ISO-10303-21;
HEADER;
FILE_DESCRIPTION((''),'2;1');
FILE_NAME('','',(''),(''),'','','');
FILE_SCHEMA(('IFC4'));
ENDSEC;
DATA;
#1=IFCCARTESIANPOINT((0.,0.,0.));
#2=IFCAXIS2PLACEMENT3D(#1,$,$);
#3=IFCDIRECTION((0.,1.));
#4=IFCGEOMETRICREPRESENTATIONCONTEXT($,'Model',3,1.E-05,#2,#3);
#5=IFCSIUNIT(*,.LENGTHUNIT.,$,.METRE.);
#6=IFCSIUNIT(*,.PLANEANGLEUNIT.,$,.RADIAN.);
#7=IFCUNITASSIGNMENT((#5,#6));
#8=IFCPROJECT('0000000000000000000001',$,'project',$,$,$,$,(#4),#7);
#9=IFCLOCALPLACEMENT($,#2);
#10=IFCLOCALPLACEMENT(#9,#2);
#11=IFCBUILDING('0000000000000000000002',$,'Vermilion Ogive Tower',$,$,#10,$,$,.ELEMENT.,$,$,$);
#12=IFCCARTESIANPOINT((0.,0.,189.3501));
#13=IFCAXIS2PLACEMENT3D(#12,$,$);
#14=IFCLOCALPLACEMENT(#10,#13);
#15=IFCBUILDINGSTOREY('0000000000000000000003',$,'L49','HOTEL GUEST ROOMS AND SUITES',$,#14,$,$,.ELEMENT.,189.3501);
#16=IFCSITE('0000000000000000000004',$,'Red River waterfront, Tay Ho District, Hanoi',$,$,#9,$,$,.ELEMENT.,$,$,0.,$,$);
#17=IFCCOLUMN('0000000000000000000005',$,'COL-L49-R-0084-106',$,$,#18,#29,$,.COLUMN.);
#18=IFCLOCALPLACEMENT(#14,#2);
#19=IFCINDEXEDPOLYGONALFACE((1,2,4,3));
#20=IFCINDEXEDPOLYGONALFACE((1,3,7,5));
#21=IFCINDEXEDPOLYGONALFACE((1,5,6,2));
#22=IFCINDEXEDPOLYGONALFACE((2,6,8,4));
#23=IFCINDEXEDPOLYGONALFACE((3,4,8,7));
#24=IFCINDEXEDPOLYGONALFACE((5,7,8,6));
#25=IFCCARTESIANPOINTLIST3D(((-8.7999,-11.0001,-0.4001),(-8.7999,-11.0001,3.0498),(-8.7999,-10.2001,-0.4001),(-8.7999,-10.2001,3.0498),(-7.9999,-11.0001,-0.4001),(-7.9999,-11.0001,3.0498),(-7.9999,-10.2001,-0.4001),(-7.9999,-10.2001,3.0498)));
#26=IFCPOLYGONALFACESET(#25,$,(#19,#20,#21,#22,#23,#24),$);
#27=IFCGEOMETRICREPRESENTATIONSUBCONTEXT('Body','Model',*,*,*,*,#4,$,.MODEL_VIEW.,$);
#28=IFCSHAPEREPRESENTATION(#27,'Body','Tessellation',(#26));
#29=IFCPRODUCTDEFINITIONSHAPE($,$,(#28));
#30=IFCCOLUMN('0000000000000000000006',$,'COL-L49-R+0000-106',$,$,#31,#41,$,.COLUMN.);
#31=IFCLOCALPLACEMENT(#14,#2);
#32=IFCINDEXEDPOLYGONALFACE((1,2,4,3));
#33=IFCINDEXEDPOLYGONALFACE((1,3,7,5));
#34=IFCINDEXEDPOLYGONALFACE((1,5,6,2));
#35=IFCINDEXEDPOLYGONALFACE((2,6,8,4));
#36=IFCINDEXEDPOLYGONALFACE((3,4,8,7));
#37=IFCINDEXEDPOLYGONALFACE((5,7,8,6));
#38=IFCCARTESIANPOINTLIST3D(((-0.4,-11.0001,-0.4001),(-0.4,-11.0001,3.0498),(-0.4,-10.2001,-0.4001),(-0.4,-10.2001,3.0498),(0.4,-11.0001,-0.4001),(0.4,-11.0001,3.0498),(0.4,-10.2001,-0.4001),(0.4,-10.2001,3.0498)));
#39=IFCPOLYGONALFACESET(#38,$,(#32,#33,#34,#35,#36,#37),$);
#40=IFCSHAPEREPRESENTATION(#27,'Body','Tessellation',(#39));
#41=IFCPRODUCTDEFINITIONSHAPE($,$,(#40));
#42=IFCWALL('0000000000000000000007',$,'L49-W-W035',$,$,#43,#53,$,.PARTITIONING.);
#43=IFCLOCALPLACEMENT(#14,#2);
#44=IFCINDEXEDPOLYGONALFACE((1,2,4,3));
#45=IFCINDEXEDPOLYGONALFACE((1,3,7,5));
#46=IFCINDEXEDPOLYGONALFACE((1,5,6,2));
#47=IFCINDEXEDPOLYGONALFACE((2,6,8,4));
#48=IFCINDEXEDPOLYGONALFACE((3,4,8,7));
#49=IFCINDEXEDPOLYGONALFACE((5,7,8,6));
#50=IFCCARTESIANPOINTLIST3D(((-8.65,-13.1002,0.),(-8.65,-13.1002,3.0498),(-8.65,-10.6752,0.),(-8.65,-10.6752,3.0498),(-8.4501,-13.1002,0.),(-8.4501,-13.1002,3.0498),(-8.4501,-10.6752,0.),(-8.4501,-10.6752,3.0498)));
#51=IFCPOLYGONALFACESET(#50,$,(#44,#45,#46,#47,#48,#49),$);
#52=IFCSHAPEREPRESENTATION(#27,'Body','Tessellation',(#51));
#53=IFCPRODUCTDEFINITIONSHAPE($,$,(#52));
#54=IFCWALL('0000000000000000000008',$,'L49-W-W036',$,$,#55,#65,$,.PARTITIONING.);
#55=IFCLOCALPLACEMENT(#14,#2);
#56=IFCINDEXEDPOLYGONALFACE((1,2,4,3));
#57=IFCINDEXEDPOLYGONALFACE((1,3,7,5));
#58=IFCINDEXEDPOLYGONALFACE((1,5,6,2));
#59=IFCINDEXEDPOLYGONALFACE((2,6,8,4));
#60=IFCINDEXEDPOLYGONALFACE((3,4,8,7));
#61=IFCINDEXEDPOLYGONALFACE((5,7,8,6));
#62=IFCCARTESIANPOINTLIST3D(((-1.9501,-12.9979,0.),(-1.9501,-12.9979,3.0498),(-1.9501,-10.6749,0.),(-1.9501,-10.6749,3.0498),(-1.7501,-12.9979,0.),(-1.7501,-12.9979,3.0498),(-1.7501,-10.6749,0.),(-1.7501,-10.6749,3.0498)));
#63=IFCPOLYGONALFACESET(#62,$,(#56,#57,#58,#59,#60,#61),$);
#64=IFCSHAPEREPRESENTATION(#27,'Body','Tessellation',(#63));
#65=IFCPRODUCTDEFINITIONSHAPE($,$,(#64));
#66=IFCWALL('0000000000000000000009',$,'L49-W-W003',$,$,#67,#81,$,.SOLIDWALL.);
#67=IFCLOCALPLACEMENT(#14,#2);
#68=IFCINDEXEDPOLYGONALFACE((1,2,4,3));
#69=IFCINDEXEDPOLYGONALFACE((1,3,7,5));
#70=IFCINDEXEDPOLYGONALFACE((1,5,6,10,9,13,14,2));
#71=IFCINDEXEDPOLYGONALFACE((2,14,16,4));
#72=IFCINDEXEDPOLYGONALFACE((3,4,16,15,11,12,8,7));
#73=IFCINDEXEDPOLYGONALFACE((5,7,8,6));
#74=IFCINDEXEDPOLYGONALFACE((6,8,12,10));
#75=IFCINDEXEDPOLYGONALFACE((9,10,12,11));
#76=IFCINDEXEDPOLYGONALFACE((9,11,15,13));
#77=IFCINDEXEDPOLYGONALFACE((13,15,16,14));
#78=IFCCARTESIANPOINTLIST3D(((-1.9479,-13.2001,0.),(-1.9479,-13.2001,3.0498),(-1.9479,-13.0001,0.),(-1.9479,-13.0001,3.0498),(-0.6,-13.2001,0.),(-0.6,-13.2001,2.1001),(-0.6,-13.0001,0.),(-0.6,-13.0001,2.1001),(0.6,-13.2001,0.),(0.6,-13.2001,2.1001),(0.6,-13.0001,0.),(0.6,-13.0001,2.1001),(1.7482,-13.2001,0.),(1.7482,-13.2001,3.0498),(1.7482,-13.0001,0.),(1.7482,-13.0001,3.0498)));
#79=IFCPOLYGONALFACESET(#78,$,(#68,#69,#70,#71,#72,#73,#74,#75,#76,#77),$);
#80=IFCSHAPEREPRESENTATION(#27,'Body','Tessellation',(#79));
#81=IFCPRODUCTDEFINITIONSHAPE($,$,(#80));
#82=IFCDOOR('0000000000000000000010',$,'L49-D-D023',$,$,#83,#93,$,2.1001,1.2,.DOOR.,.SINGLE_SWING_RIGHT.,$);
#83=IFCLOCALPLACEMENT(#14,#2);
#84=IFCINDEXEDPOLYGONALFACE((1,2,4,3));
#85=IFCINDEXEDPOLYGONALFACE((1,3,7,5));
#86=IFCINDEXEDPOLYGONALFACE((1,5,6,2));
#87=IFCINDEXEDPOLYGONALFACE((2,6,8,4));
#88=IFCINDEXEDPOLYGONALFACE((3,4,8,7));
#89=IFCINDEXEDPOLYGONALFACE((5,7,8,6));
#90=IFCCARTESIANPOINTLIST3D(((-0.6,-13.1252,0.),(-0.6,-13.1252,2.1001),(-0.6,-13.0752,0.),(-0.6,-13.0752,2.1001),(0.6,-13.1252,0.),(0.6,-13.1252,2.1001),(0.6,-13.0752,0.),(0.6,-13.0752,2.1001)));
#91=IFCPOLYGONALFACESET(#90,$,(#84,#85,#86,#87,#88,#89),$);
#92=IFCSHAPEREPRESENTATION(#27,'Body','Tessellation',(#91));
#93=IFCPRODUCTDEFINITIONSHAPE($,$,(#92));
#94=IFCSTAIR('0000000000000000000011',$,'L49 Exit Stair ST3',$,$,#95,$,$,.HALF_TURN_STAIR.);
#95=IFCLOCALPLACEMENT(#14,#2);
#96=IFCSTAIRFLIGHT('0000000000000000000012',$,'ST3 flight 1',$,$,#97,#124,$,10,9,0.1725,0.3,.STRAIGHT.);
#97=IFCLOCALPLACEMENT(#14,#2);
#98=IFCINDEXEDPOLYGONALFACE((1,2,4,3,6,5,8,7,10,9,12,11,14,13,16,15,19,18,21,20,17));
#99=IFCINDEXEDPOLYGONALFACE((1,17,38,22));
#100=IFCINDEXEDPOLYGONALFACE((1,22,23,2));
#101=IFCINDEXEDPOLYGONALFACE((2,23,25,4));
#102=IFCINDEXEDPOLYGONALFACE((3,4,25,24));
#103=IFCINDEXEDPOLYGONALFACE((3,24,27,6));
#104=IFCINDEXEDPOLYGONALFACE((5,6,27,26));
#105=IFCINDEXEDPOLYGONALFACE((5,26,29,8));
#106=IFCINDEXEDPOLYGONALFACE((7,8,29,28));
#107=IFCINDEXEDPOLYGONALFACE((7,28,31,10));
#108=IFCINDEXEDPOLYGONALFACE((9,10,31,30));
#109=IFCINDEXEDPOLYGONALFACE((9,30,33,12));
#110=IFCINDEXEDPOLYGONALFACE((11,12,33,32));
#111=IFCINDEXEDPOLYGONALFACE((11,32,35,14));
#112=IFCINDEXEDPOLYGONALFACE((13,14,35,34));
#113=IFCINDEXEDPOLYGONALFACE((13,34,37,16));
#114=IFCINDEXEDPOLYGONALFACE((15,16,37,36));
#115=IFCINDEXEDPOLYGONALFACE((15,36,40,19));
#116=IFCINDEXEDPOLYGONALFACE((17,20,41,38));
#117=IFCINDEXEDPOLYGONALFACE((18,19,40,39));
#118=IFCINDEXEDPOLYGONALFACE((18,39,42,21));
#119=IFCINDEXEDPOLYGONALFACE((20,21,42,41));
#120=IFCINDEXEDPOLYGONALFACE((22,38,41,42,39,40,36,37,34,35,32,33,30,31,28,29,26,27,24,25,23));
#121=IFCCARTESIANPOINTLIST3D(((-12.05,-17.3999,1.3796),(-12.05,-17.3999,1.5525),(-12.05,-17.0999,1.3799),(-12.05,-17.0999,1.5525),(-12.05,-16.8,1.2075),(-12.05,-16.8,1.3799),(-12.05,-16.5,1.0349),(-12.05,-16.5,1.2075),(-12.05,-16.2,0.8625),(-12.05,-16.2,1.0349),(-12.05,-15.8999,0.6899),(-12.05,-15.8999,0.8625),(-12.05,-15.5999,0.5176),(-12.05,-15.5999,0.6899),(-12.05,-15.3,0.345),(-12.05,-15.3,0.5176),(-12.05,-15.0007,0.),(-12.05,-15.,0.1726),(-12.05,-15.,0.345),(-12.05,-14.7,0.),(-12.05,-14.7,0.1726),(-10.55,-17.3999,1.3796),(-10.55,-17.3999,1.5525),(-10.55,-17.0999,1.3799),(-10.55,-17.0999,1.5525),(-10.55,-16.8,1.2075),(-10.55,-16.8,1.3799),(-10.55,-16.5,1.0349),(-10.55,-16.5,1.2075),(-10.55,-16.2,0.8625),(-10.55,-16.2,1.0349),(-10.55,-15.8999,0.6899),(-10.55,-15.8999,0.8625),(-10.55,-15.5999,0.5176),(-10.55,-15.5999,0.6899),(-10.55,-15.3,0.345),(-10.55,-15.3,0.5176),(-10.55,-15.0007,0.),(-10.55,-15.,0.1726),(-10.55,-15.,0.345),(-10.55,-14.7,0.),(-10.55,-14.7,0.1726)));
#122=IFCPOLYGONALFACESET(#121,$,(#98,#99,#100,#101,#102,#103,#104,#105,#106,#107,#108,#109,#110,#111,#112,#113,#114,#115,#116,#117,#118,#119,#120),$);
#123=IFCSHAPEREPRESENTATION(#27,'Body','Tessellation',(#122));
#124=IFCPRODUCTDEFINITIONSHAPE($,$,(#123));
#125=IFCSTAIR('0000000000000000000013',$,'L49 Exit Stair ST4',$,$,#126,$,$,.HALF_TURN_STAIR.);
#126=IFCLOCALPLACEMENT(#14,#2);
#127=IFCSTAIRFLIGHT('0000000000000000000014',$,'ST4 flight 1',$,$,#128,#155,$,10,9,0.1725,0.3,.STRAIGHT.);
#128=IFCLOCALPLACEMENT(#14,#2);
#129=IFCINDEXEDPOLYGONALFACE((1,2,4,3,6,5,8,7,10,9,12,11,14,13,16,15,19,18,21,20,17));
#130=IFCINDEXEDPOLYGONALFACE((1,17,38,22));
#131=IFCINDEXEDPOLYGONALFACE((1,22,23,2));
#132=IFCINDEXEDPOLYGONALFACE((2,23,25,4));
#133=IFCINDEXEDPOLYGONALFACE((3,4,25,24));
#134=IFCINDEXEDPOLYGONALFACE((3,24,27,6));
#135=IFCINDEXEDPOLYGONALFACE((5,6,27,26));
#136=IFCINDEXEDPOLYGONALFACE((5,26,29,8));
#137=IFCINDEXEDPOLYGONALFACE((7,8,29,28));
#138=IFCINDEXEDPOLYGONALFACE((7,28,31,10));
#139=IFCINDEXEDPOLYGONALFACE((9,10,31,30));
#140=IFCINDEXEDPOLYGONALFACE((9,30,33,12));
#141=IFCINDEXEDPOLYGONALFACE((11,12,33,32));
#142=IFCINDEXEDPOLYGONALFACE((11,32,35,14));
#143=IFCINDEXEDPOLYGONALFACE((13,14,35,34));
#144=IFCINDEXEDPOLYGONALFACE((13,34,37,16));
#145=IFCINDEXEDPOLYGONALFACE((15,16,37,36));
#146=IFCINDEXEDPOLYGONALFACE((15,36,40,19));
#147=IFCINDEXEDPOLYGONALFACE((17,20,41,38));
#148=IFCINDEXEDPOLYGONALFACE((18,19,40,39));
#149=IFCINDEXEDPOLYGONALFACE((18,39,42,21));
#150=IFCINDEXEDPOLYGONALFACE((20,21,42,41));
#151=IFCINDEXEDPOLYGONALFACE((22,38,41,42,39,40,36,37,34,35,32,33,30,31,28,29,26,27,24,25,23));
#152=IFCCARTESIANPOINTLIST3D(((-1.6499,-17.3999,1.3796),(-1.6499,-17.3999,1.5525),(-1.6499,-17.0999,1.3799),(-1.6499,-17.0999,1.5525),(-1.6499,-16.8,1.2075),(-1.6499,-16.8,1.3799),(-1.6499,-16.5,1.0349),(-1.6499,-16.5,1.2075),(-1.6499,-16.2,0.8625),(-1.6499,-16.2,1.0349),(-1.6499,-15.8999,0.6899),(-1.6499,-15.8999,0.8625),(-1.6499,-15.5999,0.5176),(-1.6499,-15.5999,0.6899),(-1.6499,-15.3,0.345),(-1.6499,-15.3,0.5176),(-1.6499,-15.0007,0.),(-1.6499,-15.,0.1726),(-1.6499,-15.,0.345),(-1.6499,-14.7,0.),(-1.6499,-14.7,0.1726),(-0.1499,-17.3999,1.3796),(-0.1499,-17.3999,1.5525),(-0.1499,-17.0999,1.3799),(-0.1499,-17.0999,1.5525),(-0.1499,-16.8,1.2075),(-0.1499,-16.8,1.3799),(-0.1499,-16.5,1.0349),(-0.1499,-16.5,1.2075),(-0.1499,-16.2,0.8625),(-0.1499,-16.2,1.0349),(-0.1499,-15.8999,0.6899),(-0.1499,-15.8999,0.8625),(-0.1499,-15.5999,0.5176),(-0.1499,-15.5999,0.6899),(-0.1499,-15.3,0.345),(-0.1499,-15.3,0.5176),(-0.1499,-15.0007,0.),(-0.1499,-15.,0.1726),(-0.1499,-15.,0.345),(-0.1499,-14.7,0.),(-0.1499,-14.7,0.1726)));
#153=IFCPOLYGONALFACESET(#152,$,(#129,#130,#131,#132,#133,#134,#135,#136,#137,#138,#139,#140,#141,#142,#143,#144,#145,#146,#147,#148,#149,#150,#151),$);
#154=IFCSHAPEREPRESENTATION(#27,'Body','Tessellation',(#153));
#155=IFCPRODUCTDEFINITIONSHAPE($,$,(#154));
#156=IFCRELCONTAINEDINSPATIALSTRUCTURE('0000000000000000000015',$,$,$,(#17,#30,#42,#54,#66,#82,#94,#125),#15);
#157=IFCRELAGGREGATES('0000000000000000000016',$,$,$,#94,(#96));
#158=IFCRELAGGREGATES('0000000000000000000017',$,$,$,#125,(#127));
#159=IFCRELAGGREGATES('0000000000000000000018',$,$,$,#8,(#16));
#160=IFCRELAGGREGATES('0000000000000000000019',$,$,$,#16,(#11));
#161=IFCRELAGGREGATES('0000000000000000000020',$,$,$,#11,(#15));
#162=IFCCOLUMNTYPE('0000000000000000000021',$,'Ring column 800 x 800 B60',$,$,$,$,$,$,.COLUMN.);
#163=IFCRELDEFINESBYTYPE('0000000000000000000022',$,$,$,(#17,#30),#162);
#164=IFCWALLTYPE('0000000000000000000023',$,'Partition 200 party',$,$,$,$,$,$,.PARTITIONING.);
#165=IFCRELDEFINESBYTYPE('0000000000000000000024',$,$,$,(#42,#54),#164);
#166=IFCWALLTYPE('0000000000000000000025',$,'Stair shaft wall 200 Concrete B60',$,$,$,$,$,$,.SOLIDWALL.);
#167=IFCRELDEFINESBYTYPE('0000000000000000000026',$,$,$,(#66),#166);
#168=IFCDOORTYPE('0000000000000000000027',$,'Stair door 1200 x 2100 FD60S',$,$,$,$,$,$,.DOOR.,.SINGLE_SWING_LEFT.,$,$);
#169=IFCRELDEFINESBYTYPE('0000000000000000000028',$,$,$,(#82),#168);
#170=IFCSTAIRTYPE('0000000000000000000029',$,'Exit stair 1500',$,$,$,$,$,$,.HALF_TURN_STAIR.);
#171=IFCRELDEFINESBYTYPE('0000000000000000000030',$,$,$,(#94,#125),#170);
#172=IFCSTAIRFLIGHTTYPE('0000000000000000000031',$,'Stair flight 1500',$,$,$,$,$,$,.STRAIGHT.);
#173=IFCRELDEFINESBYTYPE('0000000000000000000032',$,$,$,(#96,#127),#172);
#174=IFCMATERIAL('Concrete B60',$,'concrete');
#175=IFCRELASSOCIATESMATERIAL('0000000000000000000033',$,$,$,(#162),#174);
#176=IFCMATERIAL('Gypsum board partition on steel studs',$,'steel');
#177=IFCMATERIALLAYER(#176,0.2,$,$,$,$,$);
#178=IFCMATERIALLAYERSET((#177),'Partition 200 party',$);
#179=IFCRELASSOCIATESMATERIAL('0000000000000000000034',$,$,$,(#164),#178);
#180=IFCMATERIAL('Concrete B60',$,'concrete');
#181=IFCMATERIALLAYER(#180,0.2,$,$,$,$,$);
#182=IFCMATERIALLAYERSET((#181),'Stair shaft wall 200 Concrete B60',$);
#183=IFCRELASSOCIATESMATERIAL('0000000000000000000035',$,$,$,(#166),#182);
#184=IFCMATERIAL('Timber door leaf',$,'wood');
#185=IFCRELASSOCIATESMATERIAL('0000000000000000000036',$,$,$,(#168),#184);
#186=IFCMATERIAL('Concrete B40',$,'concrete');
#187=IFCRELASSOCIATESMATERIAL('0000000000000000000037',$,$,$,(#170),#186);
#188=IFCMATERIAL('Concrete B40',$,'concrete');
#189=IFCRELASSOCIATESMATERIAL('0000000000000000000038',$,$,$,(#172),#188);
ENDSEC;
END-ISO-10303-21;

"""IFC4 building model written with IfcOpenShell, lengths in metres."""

from ifc_helpers import new_model, si_unit, direction, frame, frame_2d, origin, origin_2d, place, context, subcontext, project, spatial, polyline, rectangle, outline, extrude, material, layer, layer_set, material_profile, profile_set, type_object, element, fill, aggregate, save


model = new_model("IFC4")

# Units and contexts
model_context = context("Model", 3, precision=1e-05, world=origin(), true_north=direction((0.0, 1.0)))
body_context = subcontext(model_context, "Body", "Model", "MODEL_VIEW")
ifc_project = project(units=[si_unit("LENGTHUNIT", "METRE"), si_unit("PLANEANGLEUNIT", "RADIAN")], contexts=[model_context])

# Site, building, storey
site_placement = place(None, origin())
site = spatial("IfcSite", under=ifc_project, at=site_placement, Name="Red River waterfront, Tay Ho District, Hanoi", CompositionType="ELEMENT", RefElevation=0.0)
building_placement = place(site_placement, origin())
building = spatial("IfcBuilding", under=site, at=building_placement, Name="Vermilion Ogive Tower", CompositionType="ELEMENT")
storey_placement = place(building_placement, frame((0.0, 0.0, 189.3501)))
storey = spatial("IfcBuildingStorey", under=building, at=storey_placement, Name="L49", Description="HOTEL GUEST ROOMS AND SUITES", CompositionType="ELEMENT", Elevation=189.3501)

# Columns
ifc_material_1 = material(Name="Concrete B60", Category="concrete")
ifc_material_profile = material_profile(ifc_material_1, rectangle(XDim=0.8, YDim=0.8, at=origin_2d()), Name="800 x 800")
ifc_profile_set = profile_set([ifc_material_profile], Name="Concrete B60")
column_type = type_object("IfcColumnType", Name="Ring column 800 x 800 B60", PredefinedType="COLUMN", material=ifc_profile_set)
for number, where, z_axis, x_axis, name in (
    (1, (-8.3999, -10.6001, -0.4001), (0.0, 0.0, 1.0), (1.0, 0.0, 0.0), "COL-L49-R-0084-106"),
    (2, (0.0, -10.6001, -0.4001), (0.0, 0.0, 1.0), (1.0, 0.0, 0.0), "COL-L49-R+0000-106"),
):
    element("IfcColumn", number, at=place(storey_placement, frame(where, z_axis=z_axis, x_axis=x_axis)), inside=storey, type_object=column_type, Name=name, PredefinedType="COLUMN", context=body_context, shape_type="SweptSolid", body=[
        extrude(rectangle(XDim=0.8, YDim=0.8, at=origin_2d()), origin(), (0.0, 0.0, 1.0), 3.45),
    ])

# Walls
ifc_material_2 = material(Name="Gypsum board partition on steel studs", Category="steel")
ifc_layer_1 = layer(ifc_material_2, 0.2)
ifc_layer_set_1 = layer_set([ifc_layer_1], Name="Partition 200 party")
wall_type_1 = type_object("IfcWallType", Name="Partition 200 party", PredefinedType="PARTITIONING", material=ifc_layer_set_1)
wall_1_placement = place(storey_placement, frame((-8.55, -13.1001, 0.0), z_axis=(0.0, 0.0, 1.0), x_axis=(0.0, 1.0, 0.0)))
element("IfcWall", 3, at=wall_1_placement, inside=storey, type_object=wall_type_1, Name="L49-W-W035", PredefinedType="PARTITIONING", context=body_context, shape_type="SweptSolid", body=[
    extrude(rectangle(XDim=2.425, YDim=0.2, at=frame_2d((1.2124, 0.0))), origin(), (0.0, 0.0, 1.0), 3.0498),
])
wall_2_placement = place(storey_placement, frame((-1.8501, -12.998, 0.0), z_axis=(0.0, 0.0, 1.0), x_axis=(0.0, 1.0, 0.0)))
element("IfcWall", 4, at=wall_2_placement, inside=storey, type_object=wall_type_1, Name="L49-W-W036", PredefinedType="PARTITIONING", context=body_context, shape_type="SweptSolid", body=[
    extrude(rectangle(XDim=2.323, YDim=0.2, at=frame_2d((1.1616, 0.0))), origin(), (0.0, 0.0, 1.0), 3.0498),
])

# Wall, opening, door
ifc_material_3 = material(Name="Concrete B60", Category="concrete")
ifc_layer_2 = layer(ifc_material_3, 0.2)
ifc_layer_set_2 = layer_set([ifc_layer_2], Name="Stair shaft wall 200 Concrete B60")
wall_type_2 = type_object("IfcWallType", Name="Stair shaft wall 200 Concrete B60", PredefinedType="SOLIDWALL", material=ifc_layer_set_2)
wall_3_placement = place(storey_placement, frame((-1.948, -13.1001, 0.0), z_axis=(0.0, 0.0, 1.0), x_axis=(1.0, 0.0, 0.0)))
wall_3 = element("IfcWall", 5, at=wall_3_placement, inside=storey, type_object=wall_type_2, Name="L49-W-W003", PredefinedType="SOLIDWALL", context=body_context, shape_type="SweptSolid", body=[
    extrude(rectangle(XDim=3.696, YDim=0.2, at=frame_2d((1.8481, 0.0))), origin(), (0.0, 0.0, 1.0), 3.0498),
])
opening_placement = place(wall_3_placement, frame((1.3479, 0.0, 0.0)))
opening = element("IfcOpeningElement", 6, at=opening_placement, cuts=wall_3, PredefinedType="OPENING", context=body_context, shape_type="SweptSolid", body=[
    extrude(rectangle(XDim=1.2, YDim=2.1001, at=frame_2d((0.6001, 1.05))), frame((0.0, 0.1099, 0.0), z_axis=(0.0, -1.0, 0.0), x_axis=(1.0, 0.0, 0.0)), (0.0, 0.0, 1.0), 0.22),
])
ifc_material_4 = material(Name="Timber door leaf", Category="wood")
door_type = type_object("IfcDoorType", Name="Stair door 1200 x 2100 FD60S", OperationType="SINGLE_SWING_LEFT", PredefinedType="DOOR", material=ifc_material_4)
door_placement = place(opening_placement, origin())
door = element("IfcDoor", 7, at=door_placement, inside=storey, type_object=door_type, Name="L49-D-D023", OperationType="SINGLE_SWING_RIGHT", OverallHeight=2.1001, OverallWidth=1.2, PredefinedType="DOOR", context=body_context, shape_type="SweptSolid", body=[
    extrude(rectangle(XDim=1.2, YDim=2.1001, at=frame_2d((0.6001, 1.05))), frame((0.0, 0.0249, 0.0), z_axis=(0.0, -1.0, 0.0), x_axis=(1.0, 0.0, 0.0)), (0.0, 0.0, 1.0), 0.05),
])
fill(opening, door)

# Stairs, stair flights
ifc_material_5 = material(Name="Concrete B40", Category="concrete")
stair_type = type_object("IfcStairType", Name="Exit stair 1500", PredefinedType="HALF_TURN_STAIR", material=ifc_material_5)
stair_1_placement = place(storey_placement, origin())
stair_1 = element("IfcStair", 8, at=stair_1_placement, inside=storey, type_object=stair_type, Name="L49 Exit Stair ST3", PredefinedType="HALF_TURN_STAIR")
ifc_material_6 = material(Name="Concrete B40", Category="concrete")
stair_flight_type = type_object("IfcStairFlightType", Name="Stair flight 1500", PredefinedType="STRAIGHT", material=ifc_material_6)
stair_flight_1_placement = place(storey_placement, frame((-11.3, -14.7, 0.0), z_axis=(0.0, 0.0, 1.0), x_axis=(0.0, -1.0, 0.0)))
stair_flight_1 = element("IfcStairFlight", 9, at=stair_flight_1_placement, type_object=stair_flight_type, Name="ST3 flight 1", NumberOfRisers=10, NumberOfTreads=9, PredefinedType="STRAIGHT", RiserHeight=0.1725, TreadLength=0.3, context=body_context, shape_type="SweptSolid", body=[
    extrude(outline(polyline([(0.0, 0.0), (0.0, 0.1726), (0.3, 0.1726), (0.3, 0.345), (0.6001, 0.345), (0.6001, 0.5176), (0.8999, 0.5176), (0.8999, 0.6899), (1.2, 0.6899), (1.2, 0.8625), (1.5, 0.8625), (1.5, 1.0349), (1.8, 1.0349), (1.8, 1.2075), (2.1001, 1.2075), (2.1001, 1.3799), (2.3999, 1.3799), (2.3999, 1.5525), (2.7, 1.5525), (2.7, 1.7251), (2.7, 1.3796), (0.3008, 0.0), (0.0, 0.0)])), frame((0.0, 0.75, 0.0), z_axis=(0.0, -1.0, 0.0), x_axis=(1.0, 0.0, 0.0)), (0.0, 0.0, 1.0), 1.5),
])
aggregate(stair_1, [stair_flight_1])
stair_2_placement = place(storey_placement, origin())
stair_2 = element("IfcStair", 10, at=stair_2_placement, inside=storey, type_object=stair_type, Name="L49 Exit Stair ST4", PredefinedType="HALF_TURN_STAIR")
stair_flight_2_placement = place(storey_placement, frame((-0.8999, -14.7, 0.0), z_axis=(0.0, 0.0, 1.0), x_axis=(0.0, -1.0, 0.0)))
stair_flight_2 = element("IfcStairFlight", 11, at=stair_flight_2_placement, type_object=stair_flight_type, Name="ST4 flight 1", NumberOfRisers=10, NumberOfTreads=9, PredefinedType="STRAIGHT", RiserHeight=0.1725, TreadLength=0.3, context=body_context, shape_type="SweptSolid", body=[
    extrude(outline(polyline([(0.0, 0.0), (0.0, 0.1726), (0.3, 0.1726), (0.3, 0.345), (0.6001, 0.345), (0.6001, 0.5176), (0.8999, 0.5176), (0.8999, 0.6899), (1.2, 0.6899), (1.2, 0.8625), (1.5, 0.8625), (1.5, 1.0349), (1.8, 1.0349), (1.8, 1.2075), (2.1001, 1.2075), (2.1001, 1.3799), (2.3999, 1.3799), (2.3999, 1.5525), (2.7, 1.5525), (2.7, 1.7251), (2.7, 1.3796), (0.3008, 0.0), (0.0, 0.0)])), frame((0.0, 0.75, 0.0), z_axis=(0.0, -1.0, 0.0), x_axis=(1.0, 0.0, 0.0)), (0.0, 0.0, 1.0), 1.5),
])
aggregate(stair_2, [stair_flight_2])

save(model, "model.ifc")
